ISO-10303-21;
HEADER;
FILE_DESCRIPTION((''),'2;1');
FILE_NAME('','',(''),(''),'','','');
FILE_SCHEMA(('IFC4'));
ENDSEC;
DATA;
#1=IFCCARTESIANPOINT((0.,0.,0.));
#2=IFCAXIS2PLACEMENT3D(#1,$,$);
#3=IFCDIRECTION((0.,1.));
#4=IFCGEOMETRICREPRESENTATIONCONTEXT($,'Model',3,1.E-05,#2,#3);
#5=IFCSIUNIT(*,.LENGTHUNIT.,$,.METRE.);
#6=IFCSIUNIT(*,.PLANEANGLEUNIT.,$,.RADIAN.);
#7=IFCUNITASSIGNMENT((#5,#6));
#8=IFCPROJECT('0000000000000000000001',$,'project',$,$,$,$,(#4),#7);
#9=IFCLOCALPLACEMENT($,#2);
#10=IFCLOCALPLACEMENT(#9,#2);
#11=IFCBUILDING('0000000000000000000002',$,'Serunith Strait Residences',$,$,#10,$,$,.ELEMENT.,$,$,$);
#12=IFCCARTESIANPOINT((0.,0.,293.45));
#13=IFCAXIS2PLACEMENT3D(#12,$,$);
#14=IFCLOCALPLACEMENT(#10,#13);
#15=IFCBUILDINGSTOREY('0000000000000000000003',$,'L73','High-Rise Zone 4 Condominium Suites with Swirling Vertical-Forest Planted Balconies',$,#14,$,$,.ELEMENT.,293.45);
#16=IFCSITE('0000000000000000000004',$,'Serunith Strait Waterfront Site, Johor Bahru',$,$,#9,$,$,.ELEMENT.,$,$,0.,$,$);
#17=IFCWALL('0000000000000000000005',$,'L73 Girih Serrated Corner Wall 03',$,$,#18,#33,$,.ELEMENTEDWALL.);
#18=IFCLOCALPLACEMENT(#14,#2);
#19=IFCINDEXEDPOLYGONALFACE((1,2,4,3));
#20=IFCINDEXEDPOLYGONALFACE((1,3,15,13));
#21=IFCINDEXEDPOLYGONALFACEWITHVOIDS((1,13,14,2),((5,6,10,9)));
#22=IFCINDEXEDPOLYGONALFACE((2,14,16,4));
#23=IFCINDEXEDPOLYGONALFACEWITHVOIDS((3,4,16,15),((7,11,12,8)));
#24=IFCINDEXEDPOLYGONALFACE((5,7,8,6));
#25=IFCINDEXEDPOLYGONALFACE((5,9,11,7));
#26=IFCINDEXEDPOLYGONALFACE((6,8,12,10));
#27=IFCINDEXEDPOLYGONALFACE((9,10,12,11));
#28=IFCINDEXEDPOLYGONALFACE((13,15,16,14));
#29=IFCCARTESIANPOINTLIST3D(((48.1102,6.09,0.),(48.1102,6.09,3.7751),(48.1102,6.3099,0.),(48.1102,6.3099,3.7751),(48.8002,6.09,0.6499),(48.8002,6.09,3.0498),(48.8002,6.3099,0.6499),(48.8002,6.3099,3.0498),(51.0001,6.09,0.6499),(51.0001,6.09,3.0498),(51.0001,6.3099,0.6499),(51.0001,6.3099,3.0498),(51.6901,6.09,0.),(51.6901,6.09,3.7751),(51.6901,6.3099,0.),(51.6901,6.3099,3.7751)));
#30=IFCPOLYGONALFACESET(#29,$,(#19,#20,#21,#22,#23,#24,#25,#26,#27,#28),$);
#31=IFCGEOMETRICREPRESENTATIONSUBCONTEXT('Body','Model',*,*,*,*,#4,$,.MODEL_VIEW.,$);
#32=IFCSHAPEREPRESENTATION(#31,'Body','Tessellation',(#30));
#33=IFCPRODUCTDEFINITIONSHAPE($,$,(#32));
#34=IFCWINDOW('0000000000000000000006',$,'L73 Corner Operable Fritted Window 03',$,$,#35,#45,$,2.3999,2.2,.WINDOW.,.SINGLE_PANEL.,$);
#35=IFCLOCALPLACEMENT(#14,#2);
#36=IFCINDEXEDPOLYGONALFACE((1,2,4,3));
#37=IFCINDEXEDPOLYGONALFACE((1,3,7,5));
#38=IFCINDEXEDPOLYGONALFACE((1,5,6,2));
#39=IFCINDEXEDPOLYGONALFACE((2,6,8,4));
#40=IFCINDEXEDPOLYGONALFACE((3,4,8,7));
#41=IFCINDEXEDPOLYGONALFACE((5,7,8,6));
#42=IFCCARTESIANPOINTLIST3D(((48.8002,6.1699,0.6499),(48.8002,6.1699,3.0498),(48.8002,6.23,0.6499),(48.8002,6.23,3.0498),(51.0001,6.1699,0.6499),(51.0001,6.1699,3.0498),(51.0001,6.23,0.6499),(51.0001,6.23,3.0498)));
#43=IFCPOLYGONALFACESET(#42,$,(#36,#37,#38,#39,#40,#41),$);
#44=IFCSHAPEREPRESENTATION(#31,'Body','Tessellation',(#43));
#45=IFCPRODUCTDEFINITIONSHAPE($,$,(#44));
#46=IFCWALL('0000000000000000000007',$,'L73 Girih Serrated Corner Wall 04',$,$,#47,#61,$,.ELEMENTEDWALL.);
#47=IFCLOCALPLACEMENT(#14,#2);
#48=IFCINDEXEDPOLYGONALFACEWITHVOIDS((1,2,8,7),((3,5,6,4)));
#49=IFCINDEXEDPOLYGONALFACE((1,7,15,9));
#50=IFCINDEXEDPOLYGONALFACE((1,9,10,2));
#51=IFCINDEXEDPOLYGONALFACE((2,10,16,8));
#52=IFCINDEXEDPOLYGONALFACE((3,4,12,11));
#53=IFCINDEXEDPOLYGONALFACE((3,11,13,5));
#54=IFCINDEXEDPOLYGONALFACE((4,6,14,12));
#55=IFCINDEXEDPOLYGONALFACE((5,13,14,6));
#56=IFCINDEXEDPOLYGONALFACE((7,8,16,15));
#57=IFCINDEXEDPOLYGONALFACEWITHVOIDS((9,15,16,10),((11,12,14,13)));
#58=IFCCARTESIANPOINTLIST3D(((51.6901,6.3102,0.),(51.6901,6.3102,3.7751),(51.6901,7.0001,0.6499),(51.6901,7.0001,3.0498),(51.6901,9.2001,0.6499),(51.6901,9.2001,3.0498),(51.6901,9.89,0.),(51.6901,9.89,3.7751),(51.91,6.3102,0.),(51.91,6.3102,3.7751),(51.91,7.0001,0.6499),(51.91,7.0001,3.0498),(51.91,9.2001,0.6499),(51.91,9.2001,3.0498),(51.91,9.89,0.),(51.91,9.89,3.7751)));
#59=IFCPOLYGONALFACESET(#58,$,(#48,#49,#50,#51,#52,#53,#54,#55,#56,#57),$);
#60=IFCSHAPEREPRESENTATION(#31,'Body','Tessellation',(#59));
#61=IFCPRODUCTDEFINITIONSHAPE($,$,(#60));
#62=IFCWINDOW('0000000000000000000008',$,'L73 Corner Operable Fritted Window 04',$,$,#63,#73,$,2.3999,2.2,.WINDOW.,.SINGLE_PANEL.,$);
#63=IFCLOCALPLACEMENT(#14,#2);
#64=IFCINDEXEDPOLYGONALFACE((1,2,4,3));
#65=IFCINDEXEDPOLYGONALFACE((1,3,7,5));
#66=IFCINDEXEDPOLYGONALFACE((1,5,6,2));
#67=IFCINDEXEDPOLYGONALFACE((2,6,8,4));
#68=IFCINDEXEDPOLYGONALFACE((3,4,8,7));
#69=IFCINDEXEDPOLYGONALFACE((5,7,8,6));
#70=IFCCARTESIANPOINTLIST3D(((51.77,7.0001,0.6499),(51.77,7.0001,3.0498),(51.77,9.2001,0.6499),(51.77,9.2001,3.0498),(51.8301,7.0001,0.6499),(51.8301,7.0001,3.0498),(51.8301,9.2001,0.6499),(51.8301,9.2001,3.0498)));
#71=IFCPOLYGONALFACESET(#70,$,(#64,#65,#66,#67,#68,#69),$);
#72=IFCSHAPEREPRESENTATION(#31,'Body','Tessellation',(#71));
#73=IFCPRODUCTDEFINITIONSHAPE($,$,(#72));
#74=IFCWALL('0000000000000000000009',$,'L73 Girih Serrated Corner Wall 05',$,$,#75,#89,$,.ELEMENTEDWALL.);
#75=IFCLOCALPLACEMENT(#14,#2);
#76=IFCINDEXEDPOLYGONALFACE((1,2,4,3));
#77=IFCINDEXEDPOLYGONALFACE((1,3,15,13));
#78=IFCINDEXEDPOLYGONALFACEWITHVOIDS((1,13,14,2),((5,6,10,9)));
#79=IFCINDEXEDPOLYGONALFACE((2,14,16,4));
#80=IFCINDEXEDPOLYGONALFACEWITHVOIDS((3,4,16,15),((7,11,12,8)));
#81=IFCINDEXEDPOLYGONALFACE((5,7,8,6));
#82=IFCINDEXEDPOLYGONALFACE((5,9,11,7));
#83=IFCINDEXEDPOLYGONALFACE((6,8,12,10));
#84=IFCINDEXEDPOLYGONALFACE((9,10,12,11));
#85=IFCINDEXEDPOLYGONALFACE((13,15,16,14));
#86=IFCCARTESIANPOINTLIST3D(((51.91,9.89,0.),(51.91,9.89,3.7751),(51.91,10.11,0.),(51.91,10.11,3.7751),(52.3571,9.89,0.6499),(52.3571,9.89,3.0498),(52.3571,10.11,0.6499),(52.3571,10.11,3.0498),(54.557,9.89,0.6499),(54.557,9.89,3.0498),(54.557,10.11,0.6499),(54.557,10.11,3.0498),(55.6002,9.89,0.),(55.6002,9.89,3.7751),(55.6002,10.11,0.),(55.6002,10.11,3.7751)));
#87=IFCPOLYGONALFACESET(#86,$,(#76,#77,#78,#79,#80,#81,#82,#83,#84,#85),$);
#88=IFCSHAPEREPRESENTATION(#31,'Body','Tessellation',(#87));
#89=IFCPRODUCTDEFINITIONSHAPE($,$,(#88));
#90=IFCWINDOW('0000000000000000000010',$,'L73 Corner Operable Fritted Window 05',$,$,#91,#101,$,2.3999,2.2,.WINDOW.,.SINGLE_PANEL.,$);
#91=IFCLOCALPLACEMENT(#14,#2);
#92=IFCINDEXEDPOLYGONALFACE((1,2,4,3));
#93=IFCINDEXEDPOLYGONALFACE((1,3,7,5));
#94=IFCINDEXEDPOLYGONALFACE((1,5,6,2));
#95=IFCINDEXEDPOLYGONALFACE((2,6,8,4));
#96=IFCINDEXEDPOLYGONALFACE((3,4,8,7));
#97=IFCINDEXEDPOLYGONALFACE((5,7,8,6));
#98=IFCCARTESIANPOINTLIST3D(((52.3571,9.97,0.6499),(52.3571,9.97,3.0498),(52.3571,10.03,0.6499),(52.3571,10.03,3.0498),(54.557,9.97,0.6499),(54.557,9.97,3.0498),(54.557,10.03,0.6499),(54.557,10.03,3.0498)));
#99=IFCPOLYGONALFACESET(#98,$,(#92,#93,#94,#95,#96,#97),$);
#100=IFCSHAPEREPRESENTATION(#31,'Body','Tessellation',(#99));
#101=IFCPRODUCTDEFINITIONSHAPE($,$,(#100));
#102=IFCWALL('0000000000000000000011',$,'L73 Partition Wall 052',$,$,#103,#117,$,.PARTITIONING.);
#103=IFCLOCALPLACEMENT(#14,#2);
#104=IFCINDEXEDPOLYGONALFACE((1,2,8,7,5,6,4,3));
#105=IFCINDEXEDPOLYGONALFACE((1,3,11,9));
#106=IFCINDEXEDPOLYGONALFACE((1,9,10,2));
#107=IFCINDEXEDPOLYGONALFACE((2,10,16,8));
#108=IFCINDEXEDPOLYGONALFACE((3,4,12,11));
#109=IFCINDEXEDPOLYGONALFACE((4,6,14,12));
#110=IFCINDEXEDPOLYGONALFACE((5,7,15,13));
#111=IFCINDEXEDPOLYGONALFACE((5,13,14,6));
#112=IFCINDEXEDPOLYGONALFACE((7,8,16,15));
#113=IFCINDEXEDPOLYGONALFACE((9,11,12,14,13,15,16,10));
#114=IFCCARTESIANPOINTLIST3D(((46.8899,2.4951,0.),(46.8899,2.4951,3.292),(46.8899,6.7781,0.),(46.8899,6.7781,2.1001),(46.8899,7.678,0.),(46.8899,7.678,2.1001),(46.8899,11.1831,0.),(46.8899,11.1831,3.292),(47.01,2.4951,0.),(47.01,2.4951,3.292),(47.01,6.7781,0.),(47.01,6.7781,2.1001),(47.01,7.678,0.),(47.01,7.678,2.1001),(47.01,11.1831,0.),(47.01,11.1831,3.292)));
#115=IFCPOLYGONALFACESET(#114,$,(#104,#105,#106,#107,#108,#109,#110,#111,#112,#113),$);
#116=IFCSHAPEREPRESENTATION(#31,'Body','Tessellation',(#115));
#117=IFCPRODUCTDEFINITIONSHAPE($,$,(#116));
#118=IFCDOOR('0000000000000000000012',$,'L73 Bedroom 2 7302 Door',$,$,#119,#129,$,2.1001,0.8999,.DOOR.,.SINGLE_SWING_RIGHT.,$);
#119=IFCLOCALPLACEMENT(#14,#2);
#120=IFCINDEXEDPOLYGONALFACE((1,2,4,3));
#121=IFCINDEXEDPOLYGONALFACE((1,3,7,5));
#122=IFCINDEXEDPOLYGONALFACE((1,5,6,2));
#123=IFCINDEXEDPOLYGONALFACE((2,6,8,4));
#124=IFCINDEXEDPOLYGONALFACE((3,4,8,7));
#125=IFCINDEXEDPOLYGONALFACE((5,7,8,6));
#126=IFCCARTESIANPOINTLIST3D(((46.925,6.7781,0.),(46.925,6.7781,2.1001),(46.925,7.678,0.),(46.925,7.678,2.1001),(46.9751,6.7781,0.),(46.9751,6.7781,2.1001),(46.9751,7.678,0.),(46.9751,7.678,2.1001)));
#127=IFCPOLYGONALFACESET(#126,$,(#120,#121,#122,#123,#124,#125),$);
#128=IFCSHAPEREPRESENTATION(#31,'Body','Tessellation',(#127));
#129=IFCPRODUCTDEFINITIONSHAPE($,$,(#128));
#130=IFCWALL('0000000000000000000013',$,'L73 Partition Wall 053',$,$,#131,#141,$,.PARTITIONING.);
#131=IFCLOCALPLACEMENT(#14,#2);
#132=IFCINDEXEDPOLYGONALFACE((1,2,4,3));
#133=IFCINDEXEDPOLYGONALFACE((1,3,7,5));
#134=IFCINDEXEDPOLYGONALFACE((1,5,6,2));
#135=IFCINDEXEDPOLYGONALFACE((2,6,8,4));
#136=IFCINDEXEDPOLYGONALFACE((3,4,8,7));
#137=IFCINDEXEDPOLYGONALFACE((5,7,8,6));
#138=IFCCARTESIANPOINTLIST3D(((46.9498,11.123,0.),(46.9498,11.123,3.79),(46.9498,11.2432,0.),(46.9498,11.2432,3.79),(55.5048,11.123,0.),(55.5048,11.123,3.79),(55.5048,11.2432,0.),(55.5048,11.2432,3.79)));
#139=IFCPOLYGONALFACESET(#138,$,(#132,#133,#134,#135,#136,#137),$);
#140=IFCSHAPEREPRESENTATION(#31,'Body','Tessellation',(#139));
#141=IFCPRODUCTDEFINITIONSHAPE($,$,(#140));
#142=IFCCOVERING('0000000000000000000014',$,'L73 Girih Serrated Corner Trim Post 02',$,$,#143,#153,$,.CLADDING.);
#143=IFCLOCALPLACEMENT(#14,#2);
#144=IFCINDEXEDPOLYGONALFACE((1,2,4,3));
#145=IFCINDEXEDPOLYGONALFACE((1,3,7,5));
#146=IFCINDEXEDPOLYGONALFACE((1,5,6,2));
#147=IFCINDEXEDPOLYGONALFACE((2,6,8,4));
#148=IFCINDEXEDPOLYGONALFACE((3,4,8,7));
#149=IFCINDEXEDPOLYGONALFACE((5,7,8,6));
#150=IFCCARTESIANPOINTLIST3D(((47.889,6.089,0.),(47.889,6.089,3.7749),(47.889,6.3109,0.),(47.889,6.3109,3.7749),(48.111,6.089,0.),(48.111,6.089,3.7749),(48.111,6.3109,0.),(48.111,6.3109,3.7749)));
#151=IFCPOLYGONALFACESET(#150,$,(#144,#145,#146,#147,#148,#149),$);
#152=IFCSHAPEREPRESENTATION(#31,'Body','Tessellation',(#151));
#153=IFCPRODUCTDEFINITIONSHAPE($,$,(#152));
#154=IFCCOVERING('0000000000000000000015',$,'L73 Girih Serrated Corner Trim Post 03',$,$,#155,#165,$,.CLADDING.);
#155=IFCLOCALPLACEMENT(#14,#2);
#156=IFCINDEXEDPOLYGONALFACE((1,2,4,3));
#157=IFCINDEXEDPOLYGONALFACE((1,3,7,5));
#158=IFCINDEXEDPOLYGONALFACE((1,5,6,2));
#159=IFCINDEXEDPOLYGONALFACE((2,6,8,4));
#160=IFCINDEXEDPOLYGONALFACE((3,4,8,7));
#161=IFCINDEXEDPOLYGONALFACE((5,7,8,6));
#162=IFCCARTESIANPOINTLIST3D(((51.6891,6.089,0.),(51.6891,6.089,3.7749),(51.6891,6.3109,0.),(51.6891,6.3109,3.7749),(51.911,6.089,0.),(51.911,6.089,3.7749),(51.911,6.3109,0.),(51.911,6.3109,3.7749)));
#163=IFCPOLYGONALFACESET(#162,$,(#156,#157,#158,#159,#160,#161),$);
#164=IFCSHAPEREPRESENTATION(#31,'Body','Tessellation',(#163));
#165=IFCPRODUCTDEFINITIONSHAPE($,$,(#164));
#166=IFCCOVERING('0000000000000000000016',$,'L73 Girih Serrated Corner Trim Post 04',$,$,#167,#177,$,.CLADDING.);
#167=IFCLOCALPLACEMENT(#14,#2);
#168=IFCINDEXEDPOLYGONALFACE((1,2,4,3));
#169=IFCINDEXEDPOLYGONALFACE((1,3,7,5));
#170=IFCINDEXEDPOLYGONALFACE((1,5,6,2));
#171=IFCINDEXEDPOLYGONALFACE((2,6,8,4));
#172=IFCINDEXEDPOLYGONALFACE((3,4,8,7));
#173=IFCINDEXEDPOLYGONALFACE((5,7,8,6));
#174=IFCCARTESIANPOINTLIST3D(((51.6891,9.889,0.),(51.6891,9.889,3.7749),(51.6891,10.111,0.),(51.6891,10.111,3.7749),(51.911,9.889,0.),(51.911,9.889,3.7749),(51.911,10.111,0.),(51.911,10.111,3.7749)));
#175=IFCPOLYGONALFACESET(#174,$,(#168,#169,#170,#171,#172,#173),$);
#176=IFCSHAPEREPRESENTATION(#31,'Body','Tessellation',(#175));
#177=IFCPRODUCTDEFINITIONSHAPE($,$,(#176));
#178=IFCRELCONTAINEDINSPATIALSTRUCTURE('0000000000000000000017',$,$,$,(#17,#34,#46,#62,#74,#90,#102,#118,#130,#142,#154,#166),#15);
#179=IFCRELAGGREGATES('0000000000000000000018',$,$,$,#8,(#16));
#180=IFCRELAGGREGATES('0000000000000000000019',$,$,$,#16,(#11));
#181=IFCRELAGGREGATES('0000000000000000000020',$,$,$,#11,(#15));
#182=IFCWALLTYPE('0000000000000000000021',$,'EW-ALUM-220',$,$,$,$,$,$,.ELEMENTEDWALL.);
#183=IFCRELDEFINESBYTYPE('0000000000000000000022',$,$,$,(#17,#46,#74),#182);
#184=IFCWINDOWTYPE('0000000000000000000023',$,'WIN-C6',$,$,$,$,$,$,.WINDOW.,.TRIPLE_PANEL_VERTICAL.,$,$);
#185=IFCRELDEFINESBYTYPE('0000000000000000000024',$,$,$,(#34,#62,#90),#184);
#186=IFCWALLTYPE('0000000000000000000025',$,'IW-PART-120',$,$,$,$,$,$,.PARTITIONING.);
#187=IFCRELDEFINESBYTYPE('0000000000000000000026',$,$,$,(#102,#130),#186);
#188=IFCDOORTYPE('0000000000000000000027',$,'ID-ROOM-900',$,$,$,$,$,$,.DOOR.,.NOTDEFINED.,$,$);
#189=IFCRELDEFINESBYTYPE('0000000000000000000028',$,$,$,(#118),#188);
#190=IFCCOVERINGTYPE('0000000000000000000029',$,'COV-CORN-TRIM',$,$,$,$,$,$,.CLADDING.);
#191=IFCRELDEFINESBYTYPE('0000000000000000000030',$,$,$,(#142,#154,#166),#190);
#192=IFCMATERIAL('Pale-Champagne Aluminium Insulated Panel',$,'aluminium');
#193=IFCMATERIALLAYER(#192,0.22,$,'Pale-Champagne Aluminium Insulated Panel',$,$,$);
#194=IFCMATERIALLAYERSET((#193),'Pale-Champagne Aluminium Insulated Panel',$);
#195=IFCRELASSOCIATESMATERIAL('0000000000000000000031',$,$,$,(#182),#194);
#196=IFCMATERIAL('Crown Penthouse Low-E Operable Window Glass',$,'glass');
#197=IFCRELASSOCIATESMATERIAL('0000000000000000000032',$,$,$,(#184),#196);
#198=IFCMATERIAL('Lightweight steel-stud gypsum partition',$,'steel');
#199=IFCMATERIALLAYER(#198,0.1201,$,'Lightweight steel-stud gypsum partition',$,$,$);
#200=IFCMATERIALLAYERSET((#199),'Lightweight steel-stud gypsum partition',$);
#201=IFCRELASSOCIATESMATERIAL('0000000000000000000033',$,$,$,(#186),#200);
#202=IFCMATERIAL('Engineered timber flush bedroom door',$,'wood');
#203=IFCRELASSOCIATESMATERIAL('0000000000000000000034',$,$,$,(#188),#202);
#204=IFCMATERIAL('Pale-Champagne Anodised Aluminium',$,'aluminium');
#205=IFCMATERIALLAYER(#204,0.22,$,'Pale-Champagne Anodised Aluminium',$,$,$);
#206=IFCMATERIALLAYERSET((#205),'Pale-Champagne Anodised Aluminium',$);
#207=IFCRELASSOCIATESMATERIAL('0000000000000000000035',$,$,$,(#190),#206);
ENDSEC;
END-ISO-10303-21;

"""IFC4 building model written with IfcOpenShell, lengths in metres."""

from ifc_helpers import new_model, si_unit, direction, frame, frame_2d, origin, origin_2d, place, context, subcontext, project, spatial, rectangle, extrude, source, transform, mapped, material, layer, layer_set, type_object, element, fill, save


model = new_model("IFC4")

# Units and contexts
model_context = context("Model", 3, precision=1e-05, world=origin(), true_north=direction((0.0, 1.0)))
body_context = subcontext(model_context, "Body", "Model", "MODEL_VIEW")
ifc_project = project(units=[si_unit("LENGTHUNIT", "METRE"), si_unit("PLANEANGLEUNIT", "RADIAN")], contexts=[model_context])

# Site, building, storey
site_placement = place(None, origin())
site = spatial("IfcSite", under=ifc_project, at=site_placement, Name="Serunith Strait Waterfront Site, Johor Bahru", CompositionType="ELEMENT", RefElevation=0.0)
building_placement = place(site_placement, origin())
building = spatial("IfcBuilding", under=site, at=building_placement, Name="Serunith Strait Residences", CompositionType="ELEMENT")
storey_placement = place(building_placement, frame((0.0, 0.0, 293.45)))
storey = spatial("IfcBuildingStorey", under=building, at=storey_placement, Name="L73", Description="High-Rise Zone 4 Condominium Suites with Swirling Vertical-Forest Planted Balconies", CompositionType="ELEMENT", Elevation=293.45)

# Walls, openings, windows
ifc_material_1 = material(Name="Pale-Champagne Aluminium Insulated Panel", Category="aluminium")
ifc_layer_1 = layer(ifc_material_1, 0.22, Name="Pale-Champagne Aluminium Insulated Panel")
ifc_layer_set_1 = layer_set([ifc_layer_1], Name="Pale-Champagne Aluminium Insulated Panel")
wall_type_1 = type_object("IfcWallType", Name="EW-ALUM-220", PredefinedType="ELEMENTEDWALL", material=ifc_layer_set_1)
ifc_material_2 = material(Name="Crown Penthouse Low-E Operable Window Glass", Category="glass")
window_type = type_object("IfcWindowType", Name="WIN-C6", PartitioningType="TRIPLE_PANEL_VERTICAL", PredefinedType="WINDOW", material=ifc_material_2)
shared_shape_1 = source(origin(), body_context, "Body", "SweptSolid", [
    extrude(rectangle(XDim=2.2, YDim=2.3999, at=frame_2d((1.1001, 1.2))), frame((0.0, 0.03, 0.0), z_axis=(0.0, -1.0, 0.0), x_axis=(1.0, 0.0, 0.0)), (0.0, 0.0, 1.0), 0.0601),
])
wall_1_placement = place(storey_placement, frame((48.1101, 6.2, 0.0), z_axis=(0.0, 0.0, 1.0), x_axis=(1.0, 0.0, 0.0)))
wall_1 = element("IfcWall", 1, at=wall_1_placement, inside=storey, type_object=wall_type_1, Name="L73 Girih Serrated Corner Wall 03", PredefinedType="ELEMENTEDWALL", context=body_context, shape_type="SweptSolid", body=[
    extrude(rectangle(XDim=3.5798, YDim=0.22, at=frame_2d((1.79, 0.0))), origin(), (0.0, 0.0, 1.0), 3.7751),
])
opening_1_placement = place(wall_1_placement, frame((0.6899, 0.0, 0.6499)))
opening_1 = element("IfcOpeningElement", 2, at=opening_1_placement, cuts=wall_1, PredefinedType="OPENING", context=body_context, shape_type="SweptSolid", body=[
    extrude(rectangle(XDim=2.2, YDim=2.3999, at=frame_2d((1.1001, 1.2))), frame((0.0, 0.1201, 0.0), z_axis=(0.0, -1.0, 0.0), x_axis=(1.0, 0.0, 0.0)), (0.0, 0.0, 1.0), 0.24),
])
window_1_placement = place(opening_1_placement, origin())
window_1 = element("IfcWindow", 3, at=window_1_placement, inside=storey, type_object=window_type, Name="L73 Corner Operable Fritted Window 03", OverallHeight=2.3999, OverallWidth=2.2, PartitioningType="SINGLE_PANEL", PredefinedType="WINDOW", context=body_context, shape_type="MappedRepresentation", body=[
    mapped(shared_shape_1, transform((0.0, 0.0, 0.0), scale=1.0)),
])
fill(opening_1, window_1)
wall_2_placement = place(storey_placement, frame((51.8, 6.3101, 0.0), z_axis=(0.0, 0.0, 1.0), x_axis=(0.0, 1.0, 0.0)))
wall_2 = element("IfcWall", 4, at=wall_2_placement, inside=storey, type_object=wall_type_1, Name="L73 Girih Serrated Corner Wall 04", PredefinedType="ELEMENTEDWALL", context=body_context, shape_type="SweptSolid", body=[
    extrude(rectangle(XDim=3.5798, YDim=0.22, at=frame_2d((1.79, 0.0))), origin(), (0.0, 0.0, 1.0), 3.7751),
])
opening_2_placement = place(wall_2_placement, frame((0.6899, 0.0, 0.6499)))
opening_2 = element("IfcOpeningElement", 5, at=opening_2_placement, cuts=wall_2, PredefinedType="OPENING", context=body_context, shape_type="SweptSolid", body=[
    extrude(rectangle(XDim=2.2, YDim=2.3999, at=frame_2d((1.1001, 1.2))), frame((0.0, 0.1201, 0.0), z_axis=(0.0, -1.0, 0.0), x_axis=(1.0, 0.0, 0.0)), (0.0, 0.0, 1.0), 0.24),
])
window_2_placement = place(opening_2_placement, origin())
window_2 = element("IfcWindow", 6, at=window_2_placement, inside=storey, type_object=window_type, Name="L73 Corner Operable Fritted Window 04", OverallHeight=2.3999, OverallWidth=2.2, PartitioningType="SINGLE_PANEL", PredefinedType="WINDOW", context=body_context, shape_type="MappedRepresentation", body=[
    mapped(shared_shape_1, transform((0.0, 0.0, 0.0), scale=1.0)),
])
fill(opening_2, window_2)
wall_3_placement = place(storey_placement, frame((51.9099, 10.0, 0.0), z_axis=(0.0, 0.0, 1.0), x_axis=(1.0, 0.0, 0.0)))
wall_3 = element("IfcWall", 7, at=wall_3_placement, inside=storey, type_object=wall_type_1, Name="L73 Girih Serrated Corner Wall 05", PredefinedType="ELEMENTEDWALL", context=body_context, shape_type="SweptSolid", body=[
    extrude(rectangle(XDim=3.6902, YDim=0.22, at=frame_2d((1.8452, 0.0))), origin(), (0.0, 0.0, 1.0), 3.7751),
])
opening_3_placement = place(wall_3_placement, frame((0.447, 0.0, 0.6499)))
opening_3 = element("IfcOpeningElement", 8, at=opening_3_placement, cuts=wall_3, PredefinedType="OPENING", context=body_context, shape_type="SweptSolid", body=[
    extrude(rectangle(XDim=2.2, YDim=2.3999, at=frame_2d((1.1001, 1.2))), frame((0.0, 0.1201, 0.0), z_axis=(0.0, -1.0, 0.0), x_axis=(1.0, 0.0, 0.0)), (0.0, 0.0, 1.0), 0.24),
])
window_3_placement = place(opening_3_placement, origin())
window_3 = element("IfcWindow", 9, at=window_3_placement, inside=storey, type_object=window_type, Name="L73 Corner Operable Fritted Window 05", OverallHeight=2.3999, OverallWidth=2.2, PartitioningType="SINGLE_PANEL", PredefinedType="WINDOW", context=body_context, shape_type="MappedRepresentation", body=[
    mapped(shared_shape_1, transform((0.0, 0.0, 0.0), scale=1.0)),
])
fill(opening_3, window_3)

# Wall, opening, door
ifc_material_3 = material(Name="Lightweight steel-stud gypsum partition", Category="steel")
ifc_layer_2 = layer(ifc_material_3, 0.1201, Name="Lightweight steel-stud gypsum partition")
ifc_layer_set_2 = layer_set([ifc_layer_2], Name="Lightweight steel-stud gypsum partition")
wall_type_2 = type_object("IfcWallType", Name="IW-PART-120", PredefinedType="PARTITIONING", material=ifc_layer_set_2)
wall_4_placement = place(storey_placement, frame((46.95, 2.4951, 0.0), z_axis=(0.0, 0.0, 1.0), x_axis=(0.0, 1.0, 0.0)))
wall_4 = element("IfcWall", 10, at=wall_4_placement, inside=storey, type_object=wall_type_2, Name="L73 Partition Wall 052", PredefinedType="PARTITIONING", context=body_context, shape_type="SweptSolid", body=[
    extrude(rectangle(XDim=8.688, YDim=0.1201, at=frame_2d((4.344, 0.0))), origin(), (0.0, 0.0, 1.0), 3.292),
])
opening_4_placement = place(wall_4_placement, frame((4.283, 0.0, 0.0)))
opening_4 = element("IfcOpeningElement", 11, at=opening_4_placement, cuts=wall_4, PredefinedType="OPENING", context=body_context, shape_type="SweptSolid", body=[
    extrude(rectangle(XDim=0.8999, YDim=2.1001, at=frame_2d((0.45, 1.05))), frame((0.0, 0.0701, 0.0), z_axis=(0.0, -1.0, 0.0), x_axis=(1.0, 0.0, 0.0)), (0.0, 0.0, 1.0), 0.1401),
])
ifc_material_4 = material(Name="Engineered timber flush bedroom door", Category="wood")
door_type = type_object("IfcDoorType", Name="ID-ROOM-900", OperationType="NOTDEFINED", PredefinedType="DOOR", material=ifc_material_4)
shared_shape_2 = source(origin(), body_context, "Body", "SweptSolid", [
    extrude(rectangle(XDim=0.8999, YDim=2.1001, at=frame_2d((0.45, 1.05))), frame((0.0, 0.0249, 0.0), z_axis=(0.0, -1.0, 0.0), x_axis=(1.0, 0.0, 0.0)), (0.0, 0.0, 1.0), 0.05),
])
door_placement = place(opening_4_placement, origin())
door = element("IfcDoor", 12, at=door_placement, inside=storey, type_object=door_type, Name="L73 Bedroom 2 7302 Door", OperationType="SINGLE_SWING_RIGHT", OverallHeight=2.1001, OverallWidth=0.8999, PredefinedType="DOOR", context=body_context, shape_type="MappedRepresentation", body=[
    mapped(shared_shape_2, transform((0.0, 0.0, 0.0), scale=1.0)),
])
fill(opening_4, door)

# Wall
wall_5_placement = place(storey_placement, frame((46.95, 11.1831, 0.0), z_axis=(0.0, 0.0, 1.0), x_axis=(1.0, 0.0, 0.0)))
element("IfcWall", 13, at=wall_5_placement, inside=storey, type_object=wall_type_2, Name="L73 Partition Wall 053", PredefinedType="PARTITIONING", context=body_context, shape_type="SweptSolid", body=[
    extrude(rectangle(XDim=8.5549, YDim=0.1201, at=frame_2d((4.2773, 0.0))), origin(), (0.0, 0.0, 1.0), 3.79),
])

# Coverings
ifc_material_5 = material(Name="Pale-Champagne Anodised Aluminium", Category="aluminium")
ifc_layer_3 = layer(ifc_material_5, 0.22, Name="Pale-Champagne Anodised Aluminium")
ifc_layer_set_3 = layer_set([ifc_layer_3], Name="Pale-Champagne Anodised Aluminium")
covering_type = type_object("IfcCoveringType", Name="COV-CORN-TRIM", PredefinedType="CLADDING", material=ifc_layer_set_3)
shared_shape_3 = source(origin(), body_context, "Body", "SweptSolid", [
    extrude(rectangle(XDim=0.2219, YDim=0.2219, at=origin_2d()), origin(), (0.0, 0.0, 1.0), 3.7749),
])
for number, where, z_axis, x_axis, name in (
    (14, (48.0, 6.2, 0.0), (0.0, 0.0, 1.0), (1.0, 0.0, 0.0), "L73 Girih Serrated Corner Trim Post 02"),
    (15, (51.8, 6.2, 0.0), (0.0, 0.0, 1.0), (1.0, 0.0, 0.0), "L73 Girih Serrated Corner Trim Post 03"),
    (16, (51.8, 10.0, 0.0), (0.0, 0.0, 1.0), (1.0, 0.0, 0.0), "L73 Girih Serrated Corner Trim Post 04"),
):
    element("IfcCovering", number, at=place(storey_placement, frame(where, z_axis=z_axis, x_axis=x_axis)), inside=storey, type_object=covering_type, Name=name, PredefinedType="CLADDING", context=body_context, shape_type="MappedRepresentation", body=[
        mapped(shared_shape_3, transform((0.0, 0.0, 0.0), scale=1.0)),
    ])

save(model, "model.ifc")
